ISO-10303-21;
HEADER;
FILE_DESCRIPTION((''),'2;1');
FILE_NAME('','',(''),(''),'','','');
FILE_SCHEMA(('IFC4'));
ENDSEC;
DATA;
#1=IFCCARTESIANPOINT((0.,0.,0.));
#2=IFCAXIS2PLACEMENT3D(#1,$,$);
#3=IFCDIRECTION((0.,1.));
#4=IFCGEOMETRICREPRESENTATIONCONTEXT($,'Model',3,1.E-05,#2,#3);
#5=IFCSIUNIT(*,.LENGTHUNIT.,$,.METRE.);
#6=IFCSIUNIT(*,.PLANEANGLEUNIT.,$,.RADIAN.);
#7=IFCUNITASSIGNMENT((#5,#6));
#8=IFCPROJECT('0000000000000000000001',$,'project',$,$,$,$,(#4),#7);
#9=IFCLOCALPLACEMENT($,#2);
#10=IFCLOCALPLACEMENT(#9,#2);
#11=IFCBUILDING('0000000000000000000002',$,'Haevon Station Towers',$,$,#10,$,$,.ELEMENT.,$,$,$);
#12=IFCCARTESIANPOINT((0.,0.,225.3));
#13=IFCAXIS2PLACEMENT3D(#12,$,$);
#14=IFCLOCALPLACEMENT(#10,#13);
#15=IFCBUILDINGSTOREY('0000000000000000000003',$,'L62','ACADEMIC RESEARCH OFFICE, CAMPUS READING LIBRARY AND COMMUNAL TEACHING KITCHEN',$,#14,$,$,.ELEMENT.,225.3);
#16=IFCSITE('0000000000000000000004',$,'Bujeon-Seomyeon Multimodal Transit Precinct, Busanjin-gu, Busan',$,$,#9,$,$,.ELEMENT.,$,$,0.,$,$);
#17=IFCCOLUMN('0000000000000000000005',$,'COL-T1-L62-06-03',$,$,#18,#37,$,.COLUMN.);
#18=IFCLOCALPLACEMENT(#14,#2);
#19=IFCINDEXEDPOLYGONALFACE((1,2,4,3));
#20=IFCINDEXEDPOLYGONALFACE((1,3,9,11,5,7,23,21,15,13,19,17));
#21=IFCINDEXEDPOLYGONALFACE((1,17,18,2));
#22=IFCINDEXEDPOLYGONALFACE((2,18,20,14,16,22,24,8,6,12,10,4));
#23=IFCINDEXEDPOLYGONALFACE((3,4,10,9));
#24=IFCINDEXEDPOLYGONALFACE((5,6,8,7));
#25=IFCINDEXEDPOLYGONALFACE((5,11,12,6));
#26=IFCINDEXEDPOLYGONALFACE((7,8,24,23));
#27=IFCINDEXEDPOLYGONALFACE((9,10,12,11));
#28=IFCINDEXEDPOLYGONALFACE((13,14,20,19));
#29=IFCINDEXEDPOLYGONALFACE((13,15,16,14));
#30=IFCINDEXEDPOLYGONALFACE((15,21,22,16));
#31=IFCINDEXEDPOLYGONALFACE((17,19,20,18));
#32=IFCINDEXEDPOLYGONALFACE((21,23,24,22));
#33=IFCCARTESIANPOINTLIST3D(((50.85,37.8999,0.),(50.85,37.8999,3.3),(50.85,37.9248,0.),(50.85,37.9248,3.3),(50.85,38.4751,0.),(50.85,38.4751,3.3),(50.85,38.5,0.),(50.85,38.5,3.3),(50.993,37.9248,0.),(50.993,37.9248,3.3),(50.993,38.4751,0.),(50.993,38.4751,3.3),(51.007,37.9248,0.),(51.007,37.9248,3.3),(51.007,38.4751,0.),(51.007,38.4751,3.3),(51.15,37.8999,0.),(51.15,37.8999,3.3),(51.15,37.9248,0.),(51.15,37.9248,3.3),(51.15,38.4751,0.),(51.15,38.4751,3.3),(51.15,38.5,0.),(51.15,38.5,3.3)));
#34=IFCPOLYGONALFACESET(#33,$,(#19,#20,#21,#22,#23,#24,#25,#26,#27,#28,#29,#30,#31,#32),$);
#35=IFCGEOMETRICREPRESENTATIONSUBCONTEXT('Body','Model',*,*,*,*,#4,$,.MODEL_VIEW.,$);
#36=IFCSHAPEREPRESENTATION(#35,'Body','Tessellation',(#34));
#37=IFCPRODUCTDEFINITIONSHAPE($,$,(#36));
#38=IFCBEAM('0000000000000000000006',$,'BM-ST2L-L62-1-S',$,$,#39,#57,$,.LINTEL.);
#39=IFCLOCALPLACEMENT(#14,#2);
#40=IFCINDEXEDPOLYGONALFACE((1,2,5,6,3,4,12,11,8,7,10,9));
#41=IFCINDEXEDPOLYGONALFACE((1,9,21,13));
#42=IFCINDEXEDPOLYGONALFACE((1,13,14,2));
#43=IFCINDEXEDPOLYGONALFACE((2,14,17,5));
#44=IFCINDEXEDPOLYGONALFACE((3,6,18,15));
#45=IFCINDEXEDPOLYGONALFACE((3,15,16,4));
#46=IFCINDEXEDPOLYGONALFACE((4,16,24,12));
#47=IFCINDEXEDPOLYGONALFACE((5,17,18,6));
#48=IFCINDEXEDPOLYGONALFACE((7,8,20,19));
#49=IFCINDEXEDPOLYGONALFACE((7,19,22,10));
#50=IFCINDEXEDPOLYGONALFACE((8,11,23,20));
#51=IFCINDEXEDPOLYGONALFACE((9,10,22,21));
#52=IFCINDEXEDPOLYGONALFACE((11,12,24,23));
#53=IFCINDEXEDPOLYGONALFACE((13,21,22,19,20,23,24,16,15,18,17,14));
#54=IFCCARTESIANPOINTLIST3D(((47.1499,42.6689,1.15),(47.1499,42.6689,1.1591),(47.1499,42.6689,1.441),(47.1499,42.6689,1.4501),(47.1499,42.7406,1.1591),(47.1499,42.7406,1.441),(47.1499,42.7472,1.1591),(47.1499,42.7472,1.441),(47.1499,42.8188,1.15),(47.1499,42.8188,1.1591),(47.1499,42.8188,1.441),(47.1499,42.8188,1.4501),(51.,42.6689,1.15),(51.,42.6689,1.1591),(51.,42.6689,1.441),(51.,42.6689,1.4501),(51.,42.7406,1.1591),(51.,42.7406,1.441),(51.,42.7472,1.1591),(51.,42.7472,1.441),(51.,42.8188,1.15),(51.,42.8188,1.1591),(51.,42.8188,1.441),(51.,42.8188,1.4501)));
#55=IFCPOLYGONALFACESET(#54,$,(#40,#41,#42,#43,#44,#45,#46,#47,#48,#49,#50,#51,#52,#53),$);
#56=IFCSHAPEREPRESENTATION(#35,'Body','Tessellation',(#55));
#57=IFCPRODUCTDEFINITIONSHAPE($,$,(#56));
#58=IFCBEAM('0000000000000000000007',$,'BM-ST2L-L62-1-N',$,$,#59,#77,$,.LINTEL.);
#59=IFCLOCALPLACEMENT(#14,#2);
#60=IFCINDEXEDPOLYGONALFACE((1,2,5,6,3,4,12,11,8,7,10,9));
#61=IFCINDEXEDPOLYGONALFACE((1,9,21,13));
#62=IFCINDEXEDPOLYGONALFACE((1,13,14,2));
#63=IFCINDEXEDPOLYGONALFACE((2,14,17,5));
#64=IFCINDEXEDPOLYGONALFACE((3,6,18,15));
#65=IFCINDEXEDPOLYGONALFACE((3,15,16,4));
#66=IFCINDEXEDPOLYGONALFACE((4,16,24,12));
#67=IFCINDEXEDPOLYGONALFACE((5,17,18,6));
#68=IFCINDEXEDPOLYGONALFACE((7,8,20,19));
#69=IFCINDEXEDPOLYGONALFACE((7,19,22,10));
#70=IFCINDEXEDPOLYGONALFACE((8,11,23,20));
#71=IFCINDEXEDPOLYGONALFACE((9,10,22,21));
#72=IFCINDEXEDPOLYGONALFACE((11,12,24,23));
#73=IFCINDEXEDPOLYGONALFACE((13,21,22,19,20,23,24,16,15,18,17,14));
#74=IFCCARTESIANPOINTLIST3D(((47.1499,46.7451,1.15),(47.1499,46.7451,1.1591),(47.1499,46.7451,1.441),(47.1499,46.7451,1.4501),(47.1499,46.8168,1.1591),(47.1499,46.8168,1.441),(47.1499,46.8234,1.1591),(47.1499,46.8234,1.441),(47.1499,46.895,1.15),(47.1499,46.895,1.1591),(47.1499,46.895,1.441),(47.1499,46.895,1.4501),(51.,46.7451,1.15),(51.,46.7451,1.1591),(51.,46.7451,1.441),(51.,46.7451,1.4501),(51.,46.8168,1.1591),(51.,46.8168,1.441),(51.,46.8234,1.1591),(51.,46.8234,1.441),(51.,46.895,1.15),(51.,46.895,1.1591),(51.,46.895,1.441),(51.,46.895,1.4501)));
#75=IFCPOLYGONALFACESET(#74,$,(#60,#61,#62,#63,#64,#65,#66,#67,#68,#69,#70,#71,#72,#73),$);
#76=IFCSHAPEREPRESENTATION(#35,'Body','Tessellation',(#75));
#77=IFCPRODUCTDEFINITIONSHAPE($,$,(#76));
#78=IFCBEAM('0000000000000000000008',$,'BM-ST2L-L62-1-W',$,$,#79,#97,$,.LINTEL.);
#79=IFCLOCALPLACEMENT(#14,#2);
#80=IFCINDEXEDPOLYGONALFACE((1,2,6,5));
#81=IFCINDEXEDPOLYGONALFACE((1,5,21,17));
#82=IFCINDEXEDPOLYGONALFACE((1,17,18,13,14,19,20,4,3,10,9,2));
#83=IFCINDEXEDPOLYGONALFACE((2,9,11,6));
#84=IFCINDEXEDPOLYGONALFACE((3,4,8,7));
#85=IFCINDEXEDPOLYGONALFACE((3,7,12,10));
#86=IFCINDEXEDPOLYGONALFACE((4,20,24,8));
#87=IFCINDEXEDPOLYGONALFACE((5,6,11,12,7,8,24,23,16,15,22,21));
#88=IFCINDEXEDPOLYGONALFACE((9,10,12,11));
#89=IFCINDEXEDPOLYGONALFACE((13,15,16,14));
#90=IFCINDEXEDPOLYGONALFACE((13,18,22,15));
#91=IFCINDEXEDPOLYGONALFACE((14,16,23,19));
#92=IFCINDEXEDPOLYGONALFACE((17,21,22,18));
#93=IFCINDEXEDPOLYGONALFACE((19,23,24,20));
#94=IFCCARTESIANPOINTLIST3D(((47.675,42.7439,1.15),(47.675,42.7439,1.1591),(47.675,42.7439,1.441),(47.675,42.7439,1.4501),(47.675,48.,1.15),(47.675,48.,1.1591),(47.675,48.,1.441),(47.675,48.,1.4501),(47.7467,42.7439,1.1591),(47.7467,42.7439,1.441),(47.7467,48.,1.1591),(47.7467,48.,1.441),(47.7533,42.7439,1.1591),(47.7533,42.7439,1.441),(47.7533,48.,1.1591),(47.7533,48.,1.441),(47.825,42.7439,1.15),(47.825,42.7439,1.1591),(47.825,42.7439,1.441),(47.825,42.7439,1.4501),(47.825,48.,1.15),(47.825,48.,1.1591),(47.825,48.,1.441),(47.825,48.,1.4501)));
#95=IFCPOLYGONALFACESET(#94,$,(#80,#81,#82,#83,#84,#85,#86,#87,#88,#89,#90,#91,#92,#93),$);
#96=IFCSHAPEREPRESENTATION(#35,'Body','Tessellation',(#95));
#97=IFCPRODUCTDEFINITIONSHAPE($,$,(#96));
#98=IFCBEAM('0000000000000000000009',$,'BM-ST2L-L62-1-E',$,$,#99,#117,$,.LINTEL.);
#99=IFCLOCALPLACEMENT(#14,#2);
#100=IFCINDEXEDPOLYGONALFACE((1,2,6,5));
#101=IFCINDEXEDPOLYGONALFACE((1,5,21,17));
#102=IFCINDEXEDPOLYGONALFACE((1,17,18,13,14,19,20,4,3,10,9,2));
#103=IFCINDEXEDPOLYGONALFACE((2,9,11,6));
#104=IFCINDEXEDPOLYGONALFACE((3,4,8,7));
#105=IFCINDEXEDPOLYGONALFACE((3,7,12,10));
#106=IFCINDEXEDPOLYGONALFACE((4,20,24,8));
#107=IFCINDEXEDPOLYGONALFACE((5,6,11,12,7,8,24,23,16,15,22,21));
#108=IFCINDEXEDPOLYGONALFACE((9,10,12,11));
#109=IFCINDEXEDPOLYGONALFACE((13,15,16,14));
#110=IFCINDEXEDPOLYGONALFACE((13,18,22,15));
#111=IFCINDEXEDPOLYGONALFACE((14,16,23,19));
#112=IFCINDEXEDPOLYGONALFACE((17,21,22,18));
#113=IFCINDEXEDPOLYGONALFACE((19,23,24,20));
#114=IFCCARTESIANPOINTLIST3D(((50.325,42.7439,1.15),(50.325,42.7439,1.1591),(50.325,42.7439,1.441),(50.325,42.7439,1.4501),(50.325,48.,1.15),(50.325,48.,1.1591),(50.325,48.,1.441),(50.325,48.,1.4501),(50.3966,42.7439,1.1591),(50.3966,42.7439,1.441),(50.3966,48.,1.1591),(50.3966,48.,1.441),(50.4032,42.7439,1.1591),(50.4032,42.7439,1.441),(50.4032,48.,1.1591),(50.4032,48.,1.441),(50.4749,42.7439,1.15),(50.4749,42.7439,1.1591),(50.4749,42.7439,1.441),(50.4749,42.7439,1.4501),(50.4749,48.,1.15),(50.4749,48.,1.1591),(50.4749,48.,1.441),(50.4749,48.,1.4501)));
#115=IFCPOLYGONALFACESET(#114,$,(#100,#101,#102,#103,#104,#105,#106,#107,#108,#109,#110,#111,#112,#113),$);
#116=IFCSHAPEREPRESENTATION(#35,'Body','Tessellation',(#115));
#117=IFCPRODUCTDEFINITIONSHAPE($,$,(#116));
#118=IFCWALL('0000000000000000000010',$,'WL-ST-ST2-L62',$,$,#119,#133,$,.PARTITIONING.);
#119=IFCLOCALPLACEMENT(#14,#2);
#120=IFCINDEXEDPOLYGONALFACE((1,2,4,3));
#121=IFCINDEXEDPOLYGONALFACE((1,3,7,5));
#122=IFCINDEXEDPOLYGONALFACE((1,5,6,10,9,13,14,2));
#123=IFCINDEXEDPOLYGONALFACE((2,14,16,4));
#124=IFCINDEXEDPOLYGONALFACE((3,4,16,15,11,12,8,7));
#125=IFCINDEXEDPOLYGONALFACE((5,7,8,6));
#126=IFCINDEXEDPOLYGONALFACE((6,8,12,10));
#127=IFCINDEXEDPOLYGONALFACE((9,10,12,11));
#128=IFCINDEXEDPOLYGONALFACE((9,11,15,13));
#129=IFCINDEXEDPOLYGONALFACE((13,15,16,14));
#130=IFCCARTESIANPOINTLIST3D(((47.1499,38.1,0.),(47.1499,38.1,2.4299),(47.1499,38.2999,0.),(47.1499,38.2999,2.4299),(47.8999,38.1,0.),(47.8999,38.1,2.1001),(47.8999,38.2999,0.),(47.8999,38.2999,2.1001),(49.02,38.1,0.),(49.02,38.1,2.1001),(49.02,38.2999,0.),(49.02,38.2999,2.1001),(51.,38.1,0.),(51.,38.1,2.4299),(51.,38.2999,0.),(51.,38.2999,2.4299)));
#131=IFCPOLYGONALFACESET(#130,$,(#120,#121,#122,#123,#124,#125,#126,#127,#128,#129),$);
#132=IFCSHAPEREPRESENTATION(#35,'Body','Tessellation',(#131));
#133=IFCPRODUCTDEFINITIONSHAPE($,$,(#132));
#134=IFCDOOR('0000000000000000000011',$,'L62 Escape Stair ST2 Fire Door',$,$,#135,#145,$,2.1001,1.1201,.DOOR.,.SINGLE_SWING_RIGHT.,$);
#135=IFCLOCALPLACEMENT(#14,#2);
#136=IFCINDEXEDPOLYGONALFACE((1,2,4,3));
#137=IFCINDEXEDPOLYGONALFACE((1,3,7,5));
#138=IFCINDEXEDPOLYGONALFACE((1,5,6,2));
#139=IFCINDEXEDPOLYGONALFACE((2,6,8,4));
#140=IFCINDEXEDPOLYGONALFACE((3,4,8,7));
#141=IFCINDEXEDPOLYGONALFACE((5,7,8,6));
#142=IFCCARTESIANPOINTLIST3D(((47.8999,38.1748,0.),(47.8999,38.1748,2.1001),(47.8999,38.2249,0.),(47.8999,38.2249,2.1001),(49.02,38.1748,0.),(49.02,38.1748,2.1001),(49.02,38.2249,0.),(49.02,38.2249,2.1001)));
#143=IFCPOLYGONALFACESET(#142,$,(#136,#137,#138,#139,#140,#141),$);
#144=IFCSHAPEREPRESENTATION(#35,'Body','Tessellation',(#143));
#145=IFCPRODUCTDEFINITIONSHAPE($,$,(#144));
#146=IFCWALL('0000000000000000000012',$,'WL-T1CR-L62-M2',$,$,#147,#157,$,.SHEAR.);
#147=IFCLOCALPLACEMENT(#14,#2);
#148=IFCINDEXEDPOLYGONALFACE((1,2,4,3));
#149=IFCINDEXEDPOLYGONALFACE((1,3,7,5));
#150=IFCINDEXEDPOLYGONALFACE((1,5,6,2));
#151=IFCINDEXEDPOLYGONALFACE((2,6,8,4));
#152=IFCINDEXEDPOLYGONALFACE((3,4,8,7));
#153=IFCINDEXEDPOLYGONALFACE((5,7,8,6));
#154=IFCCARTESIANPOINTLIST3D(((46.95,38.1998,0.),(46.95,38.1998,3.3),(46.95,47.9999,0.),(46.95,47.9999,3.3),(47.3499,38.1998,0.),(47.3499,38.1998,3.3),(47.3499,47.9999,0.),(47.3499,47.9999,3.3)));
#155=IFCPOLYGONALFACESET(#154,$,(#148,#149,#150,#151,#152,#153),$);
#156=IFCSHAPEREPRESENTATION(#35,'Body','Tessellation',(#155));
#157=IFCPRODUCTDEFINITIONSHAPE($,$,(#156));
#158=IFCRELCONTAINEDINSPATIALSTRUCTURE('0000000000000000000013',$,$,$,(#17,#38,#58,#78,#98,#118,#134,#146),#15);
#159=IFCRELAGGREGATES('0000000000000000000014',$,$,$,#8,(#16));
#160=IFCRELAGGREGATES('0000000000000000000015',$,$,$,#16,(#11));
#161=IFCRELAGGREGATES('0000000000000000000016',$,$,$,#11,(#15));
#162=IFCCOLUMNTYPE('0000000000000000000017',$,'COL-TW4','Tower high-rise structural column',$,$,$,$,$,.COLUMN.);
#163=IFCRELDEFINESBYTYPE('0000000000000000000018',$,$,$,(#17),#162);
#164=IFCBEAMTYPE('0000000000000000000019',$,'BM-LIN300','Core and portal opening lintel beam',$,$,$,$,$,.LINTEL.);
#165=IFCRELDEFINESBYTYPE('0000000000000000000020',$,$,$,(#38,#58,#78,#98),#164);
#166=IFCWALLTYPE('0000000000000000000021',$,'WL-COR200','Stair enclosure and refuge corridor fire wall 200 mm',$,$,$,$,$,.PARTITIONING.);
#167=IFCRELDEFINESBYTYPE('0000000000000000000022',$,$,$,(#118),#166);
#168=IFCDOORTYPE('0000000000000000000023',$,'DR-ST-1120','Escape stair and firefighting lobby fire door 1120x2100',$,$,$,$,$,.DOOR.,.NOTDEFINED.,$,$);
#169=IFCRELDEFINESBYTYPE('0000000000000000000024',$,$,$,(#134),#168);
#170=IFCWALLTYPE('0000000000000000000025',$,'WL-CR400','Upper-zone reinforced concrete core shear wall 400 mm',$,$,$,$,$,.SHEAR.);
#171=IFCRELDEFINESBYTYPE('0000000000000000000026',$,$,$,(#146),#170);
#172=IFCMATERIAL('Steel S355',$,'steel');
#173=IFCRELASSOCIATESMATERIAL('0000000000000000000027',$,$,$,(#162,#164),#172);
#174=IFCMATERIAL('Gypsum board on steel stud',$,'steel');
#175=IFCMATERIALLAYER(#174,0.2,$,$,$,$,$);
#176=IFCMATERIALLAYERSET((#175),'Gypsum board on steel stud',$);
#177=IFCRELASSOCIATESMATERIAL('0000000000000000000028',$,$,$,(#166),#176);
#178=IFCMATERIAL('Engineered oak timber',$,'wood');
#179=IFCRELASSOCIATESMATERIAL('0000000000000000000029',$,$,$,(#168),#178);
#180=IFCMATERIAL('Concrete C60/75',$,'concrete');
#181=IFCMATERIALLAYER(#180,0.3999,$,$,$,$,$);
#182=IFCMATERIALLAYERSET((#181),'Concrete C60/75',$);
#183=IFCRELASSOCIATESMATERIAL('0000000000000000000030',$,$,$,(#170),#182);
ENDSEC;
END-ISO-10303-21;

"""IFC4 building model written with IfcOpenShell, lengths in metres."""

from ifc_helpers import new_model, si_unit, direction, frame, frame_2d, origin, origin_2d, place, context, subcontext, project, spatial, rectangle, i_section, extrude, material, layer, layer_set, material_profile, profile_set, type_object, element, fill, save


model = new_model("IFC4")

# Units and contexts
model_context = context("Model", 3, precision=1e-05, world=origin(), true_north=direction((0.0, 1.0)))
body_context = subcontext(model_context, "Body", "Model", "MODEL_VIEW")
ifc_project = project(units=[si_unit("LENGTHUNIT", "METRE"), si_unit("PLANEANGLEUNIT", "RADIAN")], contexts=[model_context])

# Site, building, storey
site_placement = place(None, origin())
site = spatial("IfcSite", under=ifc_project, at=site_placement, Name="Bujeon-Seomyeon Multimodal Transit Precinct, Busanjin-gu, Busan", CompositionType="ELEMENT", RefElevation=0.0)
building_placement = place(site_placement, origin())
building = spatial("IfcBuilding", under=site, at=building_placement, Name="Haevon Station Towers", CompositionType="ELEMENT")
storey_placement = place(building_placement, frame((0.0, 0.0, 225.3)))
storey = spatial("IfcBuildingStorey", under=building, at=storey_placement, Name="L62", Description="ACADEMIC RESEARCH OFFICE, CAMPUS READING LIBRARY AND COMMUNAL TEACHING KITCHEN", CompositionType="ELEMENT", Elevation=225.3)

# Column
ifc_material_1 = material(Name="Steel S355", Category="steel")
ifc_material_profile_1 = material_profile(ifc_material_1, i_section(OverallWidth=0.3, OverallDepth=0.6001, WebThickness=0.0139, FlangeThickness=0.0249, at=origin_2d()), Name="H-600x300x14x25")
ifc_profile_set_1 = profile_set([ifc_material_profile_1], Name="Steel S355")
column_type = type_object("IfcColumnType", Name="COL-TW4", Description="Tower high-rise structural column", PredefinedType="COLUMN", material=ifc_profile_set_1)
column_placement = place(storey_placement, frame((51.0, 38.2, 0.0), z_axis=(0.0, 0.0, 1.0), x_axis=(1.0, 0.0, 0.0)))
element("IfcColumn", 1, at=column_placement, inside=storey, type_object=column_type, Name="COL-T1-L62-06-03", PredefinedType="COLUMN", context=body_context, shape_type="SweptSolid", body=[
    extrude(i_section(OverallWidth=0.3, OverallDepth=0.6001, WebThickness=0.0139, FlangeThickness=0.0249, at=origin_2d()), origin(), (0.0, 0.0, 1.0), 3.3),
])

# Beams
ifc_material_profile_2 = material_profile(ifc_material_1, i_section(OverallWidth=0.1499, OverallDepth=0.3, WebThickness=0.0066, FlangeThickness=0.009, at=origin_2d()), Name="H-300x150x6.5x9")
ifc_profile_set_2 = profile_set([ifc_material_profile_2], Name="Steel S355")
beam_type = type_object("IfcBeamType", Name="BM-LIN300", Description="Core and portal opening lintel beam", PredefinedType="LINTEL", material=ifc_profile_set_2)
for number, where, z_axis, x_axis, name in (
    (2, (47.1499, 42.7439, 1.3), (1.0, 0.0, 0.0), (0.0, 1.0, 0.0), "BM-ST2L-L62-1-S"),
    (3, (47.1499, 46.8201, 1.3), (1.0, 0.0, 0.0), (0.0, 1.0, 0.0), "BM-ST2L-L62-1-N"),
):
    element("IfcBeam", number, at=place(storey_placement, frame(where, z_axis=z_axis, x_axis=x_axis)), inside=storey, type_object=beam_type, Name=name, PredefinedType="LINTEL", context=body_context, shape_type="SweptSolid", body=[
        extrude(i_section(OverallWidth=0.1499, OverallDepth=0.3, WebThickness=0.0066, FlangeThickness=0.009, at=origin_2d()), origin(), (0.0, 0.0, 1.0), 3.8501),
    ])
for number, where, z_axis, x_axis, name in (
    (4, (47.75, 42.7439, 1.3), (0.0, 1.0, 0.0), (-1.0, 0.0, 0.0), "BM-ST2L-L62-1-W"),
    (5, (50.3999, 42.7439, 1.3), (0.0, 1.0, 0.0), (-1.0, 0.0, 0.0), "BM-ST2L-L62-1-E"),
):
    element("IfcBeam", number, at=place(storey_placement, frame(where, z_axis=z_axis, x_axis=x_axis)), inside=storey, type_object=beam_type, Name=name, PredefinedType="LINTEL", context=body_context, shape_type="SweptSolid", body=[
        extrude(i_section(OverallWidth=0.1499, OverallDepth=0.3, WebThickness=0.0066, FlangeThickness=0.009, at=origin_2d()), origin(), (0.0, 0.0, 1.0), 5.2561),
    ])

# Wall, opening, door
ifc_material_2 = material(Name="Gypsum board on steel stud", Category="steel")
ifc_layer_1 = layer(ifc_material_2, 0.2)
ifc_layer_set_1 = layer_set([ifc_layer_1], Name="Gypsum board on steel stud")
wall_type_1 = type_object("IfcWallType", Name="WL-COR200", Description="Stair enclosure and refuge corridor fire wall 200 mm", PredefinedType="PARTITIONING", material=ifc_layer_set_1)
wall_1_placement = place(storey_placement, frame((47.1499, 38.2, 0.0), z_axis=(0.0, 0.0, 1.0), x_axis=(1.0, 0.0, 0.0)))
wall_1 = element("IfcWall", 6, at=wall_1_placement, inside=storey, type_object=wall_type_1, Name="WL-ST-ST2-L62", PredefinedType="PARTITIONING", context=body_context, shape_type="SweptSolid", body=[
    extrude(rectangle(XDim=3.8501, YDim=0.2, at=frame_2d((1.925, 0.0))), origin(), (0.0, 0.0, 1.0), 2.4299),
])
opening_placement = place(wall_1_placement, frame((0.75, 0.0, 0.0)))
opening = element("IfcOpeningElement", 7, at=opening_placement, cuts=wall_1, PredefinedType="OPENING", context=body_context, shape_type="SweptSolid", body=[
    extrude(rectangle(XDim=1.1201, YDim=2.1001, at=frame_2d((0.5601, 1.05))), frame((0.0, 0.1099, 0.0), z_axis=(0.0, -1.0, 0.0), x_axis=(1.0, 0.0, 0.0)), (0.0, 0.0, 1.0), 0.22),
])
ifc_material_3 = material(Name="Engineered oak timber", Category="wood")
door_type = type_object("IfcDoorType", Name="DR-ST-1120", Description="Escape stair and firefighting lobby fire door 1120x2100", OperationType="NOTDEFINED", PredefinedType="DOOR", material=ifc_material_3)
door_placement = place(opening_placement, origin())
door = element("IfcDoor", 8, at=door_placement, inside=storey, type_object=door_type, Name="L62 Escape Stair ST2 Fire Door", OperationType="SINGLE_SWING_RIGHT", OverallHeight=2.1001, OverallWidth=1.1201, PredefinedType="DOOR", context=body_context, shape_type="SweptSolid", body=[
    extrude(rectangle(XDim=1.1201, YDim=2.1001, at=frame_2d((0.5601, 1.05))), frame((0.0, 0.0249, 0.0), z_axis=(0.0, -1.0, 0.0), x_axis=(1.0, 0.0, 0.0)), (0.0, 0.0, 1.0), 0.05),
])
fill(opening, door)

# Wall
ifc_material_4 = material(Name="Concrete C60/75", Category="concrete")
ifc_layer_2 = layer(ifc_material_4, 0.3999)
ifc_layer_set_2 = layer_set([ifc_layer_2], Name="Concrete C60/75")
wall_type_2 = type_object("IfcWallType", Name="WL-CR400", Description="Upper-zone reinforced concrete core shear wall 400 mm", PredefinedType="SHEAR", material=ifc_layer_set_2)
wall_2_placement = place(storey_placement, frame((47.1499, 38.2, 0.0), z_axis=(0.0, 0.0, 1.0), x_axis=(0.0, 1.0, 0.0)))
element("IfcWall", 9, at=wall_2_placement, inside=storey, type_object=wall_type_2, Name="WL-T1CR-L62-M2", PredefinedType="SHEAR", context=body_context, shape_type="SweptSolid", body=[
    extrude(rectangle(XDim=9.8, YDim=0.3999, at=frame_2d((4.8999, 0.0))), origin(), (0.0, 0.0, 1.0), 3.3),
])

save(model, "model.ifc")
